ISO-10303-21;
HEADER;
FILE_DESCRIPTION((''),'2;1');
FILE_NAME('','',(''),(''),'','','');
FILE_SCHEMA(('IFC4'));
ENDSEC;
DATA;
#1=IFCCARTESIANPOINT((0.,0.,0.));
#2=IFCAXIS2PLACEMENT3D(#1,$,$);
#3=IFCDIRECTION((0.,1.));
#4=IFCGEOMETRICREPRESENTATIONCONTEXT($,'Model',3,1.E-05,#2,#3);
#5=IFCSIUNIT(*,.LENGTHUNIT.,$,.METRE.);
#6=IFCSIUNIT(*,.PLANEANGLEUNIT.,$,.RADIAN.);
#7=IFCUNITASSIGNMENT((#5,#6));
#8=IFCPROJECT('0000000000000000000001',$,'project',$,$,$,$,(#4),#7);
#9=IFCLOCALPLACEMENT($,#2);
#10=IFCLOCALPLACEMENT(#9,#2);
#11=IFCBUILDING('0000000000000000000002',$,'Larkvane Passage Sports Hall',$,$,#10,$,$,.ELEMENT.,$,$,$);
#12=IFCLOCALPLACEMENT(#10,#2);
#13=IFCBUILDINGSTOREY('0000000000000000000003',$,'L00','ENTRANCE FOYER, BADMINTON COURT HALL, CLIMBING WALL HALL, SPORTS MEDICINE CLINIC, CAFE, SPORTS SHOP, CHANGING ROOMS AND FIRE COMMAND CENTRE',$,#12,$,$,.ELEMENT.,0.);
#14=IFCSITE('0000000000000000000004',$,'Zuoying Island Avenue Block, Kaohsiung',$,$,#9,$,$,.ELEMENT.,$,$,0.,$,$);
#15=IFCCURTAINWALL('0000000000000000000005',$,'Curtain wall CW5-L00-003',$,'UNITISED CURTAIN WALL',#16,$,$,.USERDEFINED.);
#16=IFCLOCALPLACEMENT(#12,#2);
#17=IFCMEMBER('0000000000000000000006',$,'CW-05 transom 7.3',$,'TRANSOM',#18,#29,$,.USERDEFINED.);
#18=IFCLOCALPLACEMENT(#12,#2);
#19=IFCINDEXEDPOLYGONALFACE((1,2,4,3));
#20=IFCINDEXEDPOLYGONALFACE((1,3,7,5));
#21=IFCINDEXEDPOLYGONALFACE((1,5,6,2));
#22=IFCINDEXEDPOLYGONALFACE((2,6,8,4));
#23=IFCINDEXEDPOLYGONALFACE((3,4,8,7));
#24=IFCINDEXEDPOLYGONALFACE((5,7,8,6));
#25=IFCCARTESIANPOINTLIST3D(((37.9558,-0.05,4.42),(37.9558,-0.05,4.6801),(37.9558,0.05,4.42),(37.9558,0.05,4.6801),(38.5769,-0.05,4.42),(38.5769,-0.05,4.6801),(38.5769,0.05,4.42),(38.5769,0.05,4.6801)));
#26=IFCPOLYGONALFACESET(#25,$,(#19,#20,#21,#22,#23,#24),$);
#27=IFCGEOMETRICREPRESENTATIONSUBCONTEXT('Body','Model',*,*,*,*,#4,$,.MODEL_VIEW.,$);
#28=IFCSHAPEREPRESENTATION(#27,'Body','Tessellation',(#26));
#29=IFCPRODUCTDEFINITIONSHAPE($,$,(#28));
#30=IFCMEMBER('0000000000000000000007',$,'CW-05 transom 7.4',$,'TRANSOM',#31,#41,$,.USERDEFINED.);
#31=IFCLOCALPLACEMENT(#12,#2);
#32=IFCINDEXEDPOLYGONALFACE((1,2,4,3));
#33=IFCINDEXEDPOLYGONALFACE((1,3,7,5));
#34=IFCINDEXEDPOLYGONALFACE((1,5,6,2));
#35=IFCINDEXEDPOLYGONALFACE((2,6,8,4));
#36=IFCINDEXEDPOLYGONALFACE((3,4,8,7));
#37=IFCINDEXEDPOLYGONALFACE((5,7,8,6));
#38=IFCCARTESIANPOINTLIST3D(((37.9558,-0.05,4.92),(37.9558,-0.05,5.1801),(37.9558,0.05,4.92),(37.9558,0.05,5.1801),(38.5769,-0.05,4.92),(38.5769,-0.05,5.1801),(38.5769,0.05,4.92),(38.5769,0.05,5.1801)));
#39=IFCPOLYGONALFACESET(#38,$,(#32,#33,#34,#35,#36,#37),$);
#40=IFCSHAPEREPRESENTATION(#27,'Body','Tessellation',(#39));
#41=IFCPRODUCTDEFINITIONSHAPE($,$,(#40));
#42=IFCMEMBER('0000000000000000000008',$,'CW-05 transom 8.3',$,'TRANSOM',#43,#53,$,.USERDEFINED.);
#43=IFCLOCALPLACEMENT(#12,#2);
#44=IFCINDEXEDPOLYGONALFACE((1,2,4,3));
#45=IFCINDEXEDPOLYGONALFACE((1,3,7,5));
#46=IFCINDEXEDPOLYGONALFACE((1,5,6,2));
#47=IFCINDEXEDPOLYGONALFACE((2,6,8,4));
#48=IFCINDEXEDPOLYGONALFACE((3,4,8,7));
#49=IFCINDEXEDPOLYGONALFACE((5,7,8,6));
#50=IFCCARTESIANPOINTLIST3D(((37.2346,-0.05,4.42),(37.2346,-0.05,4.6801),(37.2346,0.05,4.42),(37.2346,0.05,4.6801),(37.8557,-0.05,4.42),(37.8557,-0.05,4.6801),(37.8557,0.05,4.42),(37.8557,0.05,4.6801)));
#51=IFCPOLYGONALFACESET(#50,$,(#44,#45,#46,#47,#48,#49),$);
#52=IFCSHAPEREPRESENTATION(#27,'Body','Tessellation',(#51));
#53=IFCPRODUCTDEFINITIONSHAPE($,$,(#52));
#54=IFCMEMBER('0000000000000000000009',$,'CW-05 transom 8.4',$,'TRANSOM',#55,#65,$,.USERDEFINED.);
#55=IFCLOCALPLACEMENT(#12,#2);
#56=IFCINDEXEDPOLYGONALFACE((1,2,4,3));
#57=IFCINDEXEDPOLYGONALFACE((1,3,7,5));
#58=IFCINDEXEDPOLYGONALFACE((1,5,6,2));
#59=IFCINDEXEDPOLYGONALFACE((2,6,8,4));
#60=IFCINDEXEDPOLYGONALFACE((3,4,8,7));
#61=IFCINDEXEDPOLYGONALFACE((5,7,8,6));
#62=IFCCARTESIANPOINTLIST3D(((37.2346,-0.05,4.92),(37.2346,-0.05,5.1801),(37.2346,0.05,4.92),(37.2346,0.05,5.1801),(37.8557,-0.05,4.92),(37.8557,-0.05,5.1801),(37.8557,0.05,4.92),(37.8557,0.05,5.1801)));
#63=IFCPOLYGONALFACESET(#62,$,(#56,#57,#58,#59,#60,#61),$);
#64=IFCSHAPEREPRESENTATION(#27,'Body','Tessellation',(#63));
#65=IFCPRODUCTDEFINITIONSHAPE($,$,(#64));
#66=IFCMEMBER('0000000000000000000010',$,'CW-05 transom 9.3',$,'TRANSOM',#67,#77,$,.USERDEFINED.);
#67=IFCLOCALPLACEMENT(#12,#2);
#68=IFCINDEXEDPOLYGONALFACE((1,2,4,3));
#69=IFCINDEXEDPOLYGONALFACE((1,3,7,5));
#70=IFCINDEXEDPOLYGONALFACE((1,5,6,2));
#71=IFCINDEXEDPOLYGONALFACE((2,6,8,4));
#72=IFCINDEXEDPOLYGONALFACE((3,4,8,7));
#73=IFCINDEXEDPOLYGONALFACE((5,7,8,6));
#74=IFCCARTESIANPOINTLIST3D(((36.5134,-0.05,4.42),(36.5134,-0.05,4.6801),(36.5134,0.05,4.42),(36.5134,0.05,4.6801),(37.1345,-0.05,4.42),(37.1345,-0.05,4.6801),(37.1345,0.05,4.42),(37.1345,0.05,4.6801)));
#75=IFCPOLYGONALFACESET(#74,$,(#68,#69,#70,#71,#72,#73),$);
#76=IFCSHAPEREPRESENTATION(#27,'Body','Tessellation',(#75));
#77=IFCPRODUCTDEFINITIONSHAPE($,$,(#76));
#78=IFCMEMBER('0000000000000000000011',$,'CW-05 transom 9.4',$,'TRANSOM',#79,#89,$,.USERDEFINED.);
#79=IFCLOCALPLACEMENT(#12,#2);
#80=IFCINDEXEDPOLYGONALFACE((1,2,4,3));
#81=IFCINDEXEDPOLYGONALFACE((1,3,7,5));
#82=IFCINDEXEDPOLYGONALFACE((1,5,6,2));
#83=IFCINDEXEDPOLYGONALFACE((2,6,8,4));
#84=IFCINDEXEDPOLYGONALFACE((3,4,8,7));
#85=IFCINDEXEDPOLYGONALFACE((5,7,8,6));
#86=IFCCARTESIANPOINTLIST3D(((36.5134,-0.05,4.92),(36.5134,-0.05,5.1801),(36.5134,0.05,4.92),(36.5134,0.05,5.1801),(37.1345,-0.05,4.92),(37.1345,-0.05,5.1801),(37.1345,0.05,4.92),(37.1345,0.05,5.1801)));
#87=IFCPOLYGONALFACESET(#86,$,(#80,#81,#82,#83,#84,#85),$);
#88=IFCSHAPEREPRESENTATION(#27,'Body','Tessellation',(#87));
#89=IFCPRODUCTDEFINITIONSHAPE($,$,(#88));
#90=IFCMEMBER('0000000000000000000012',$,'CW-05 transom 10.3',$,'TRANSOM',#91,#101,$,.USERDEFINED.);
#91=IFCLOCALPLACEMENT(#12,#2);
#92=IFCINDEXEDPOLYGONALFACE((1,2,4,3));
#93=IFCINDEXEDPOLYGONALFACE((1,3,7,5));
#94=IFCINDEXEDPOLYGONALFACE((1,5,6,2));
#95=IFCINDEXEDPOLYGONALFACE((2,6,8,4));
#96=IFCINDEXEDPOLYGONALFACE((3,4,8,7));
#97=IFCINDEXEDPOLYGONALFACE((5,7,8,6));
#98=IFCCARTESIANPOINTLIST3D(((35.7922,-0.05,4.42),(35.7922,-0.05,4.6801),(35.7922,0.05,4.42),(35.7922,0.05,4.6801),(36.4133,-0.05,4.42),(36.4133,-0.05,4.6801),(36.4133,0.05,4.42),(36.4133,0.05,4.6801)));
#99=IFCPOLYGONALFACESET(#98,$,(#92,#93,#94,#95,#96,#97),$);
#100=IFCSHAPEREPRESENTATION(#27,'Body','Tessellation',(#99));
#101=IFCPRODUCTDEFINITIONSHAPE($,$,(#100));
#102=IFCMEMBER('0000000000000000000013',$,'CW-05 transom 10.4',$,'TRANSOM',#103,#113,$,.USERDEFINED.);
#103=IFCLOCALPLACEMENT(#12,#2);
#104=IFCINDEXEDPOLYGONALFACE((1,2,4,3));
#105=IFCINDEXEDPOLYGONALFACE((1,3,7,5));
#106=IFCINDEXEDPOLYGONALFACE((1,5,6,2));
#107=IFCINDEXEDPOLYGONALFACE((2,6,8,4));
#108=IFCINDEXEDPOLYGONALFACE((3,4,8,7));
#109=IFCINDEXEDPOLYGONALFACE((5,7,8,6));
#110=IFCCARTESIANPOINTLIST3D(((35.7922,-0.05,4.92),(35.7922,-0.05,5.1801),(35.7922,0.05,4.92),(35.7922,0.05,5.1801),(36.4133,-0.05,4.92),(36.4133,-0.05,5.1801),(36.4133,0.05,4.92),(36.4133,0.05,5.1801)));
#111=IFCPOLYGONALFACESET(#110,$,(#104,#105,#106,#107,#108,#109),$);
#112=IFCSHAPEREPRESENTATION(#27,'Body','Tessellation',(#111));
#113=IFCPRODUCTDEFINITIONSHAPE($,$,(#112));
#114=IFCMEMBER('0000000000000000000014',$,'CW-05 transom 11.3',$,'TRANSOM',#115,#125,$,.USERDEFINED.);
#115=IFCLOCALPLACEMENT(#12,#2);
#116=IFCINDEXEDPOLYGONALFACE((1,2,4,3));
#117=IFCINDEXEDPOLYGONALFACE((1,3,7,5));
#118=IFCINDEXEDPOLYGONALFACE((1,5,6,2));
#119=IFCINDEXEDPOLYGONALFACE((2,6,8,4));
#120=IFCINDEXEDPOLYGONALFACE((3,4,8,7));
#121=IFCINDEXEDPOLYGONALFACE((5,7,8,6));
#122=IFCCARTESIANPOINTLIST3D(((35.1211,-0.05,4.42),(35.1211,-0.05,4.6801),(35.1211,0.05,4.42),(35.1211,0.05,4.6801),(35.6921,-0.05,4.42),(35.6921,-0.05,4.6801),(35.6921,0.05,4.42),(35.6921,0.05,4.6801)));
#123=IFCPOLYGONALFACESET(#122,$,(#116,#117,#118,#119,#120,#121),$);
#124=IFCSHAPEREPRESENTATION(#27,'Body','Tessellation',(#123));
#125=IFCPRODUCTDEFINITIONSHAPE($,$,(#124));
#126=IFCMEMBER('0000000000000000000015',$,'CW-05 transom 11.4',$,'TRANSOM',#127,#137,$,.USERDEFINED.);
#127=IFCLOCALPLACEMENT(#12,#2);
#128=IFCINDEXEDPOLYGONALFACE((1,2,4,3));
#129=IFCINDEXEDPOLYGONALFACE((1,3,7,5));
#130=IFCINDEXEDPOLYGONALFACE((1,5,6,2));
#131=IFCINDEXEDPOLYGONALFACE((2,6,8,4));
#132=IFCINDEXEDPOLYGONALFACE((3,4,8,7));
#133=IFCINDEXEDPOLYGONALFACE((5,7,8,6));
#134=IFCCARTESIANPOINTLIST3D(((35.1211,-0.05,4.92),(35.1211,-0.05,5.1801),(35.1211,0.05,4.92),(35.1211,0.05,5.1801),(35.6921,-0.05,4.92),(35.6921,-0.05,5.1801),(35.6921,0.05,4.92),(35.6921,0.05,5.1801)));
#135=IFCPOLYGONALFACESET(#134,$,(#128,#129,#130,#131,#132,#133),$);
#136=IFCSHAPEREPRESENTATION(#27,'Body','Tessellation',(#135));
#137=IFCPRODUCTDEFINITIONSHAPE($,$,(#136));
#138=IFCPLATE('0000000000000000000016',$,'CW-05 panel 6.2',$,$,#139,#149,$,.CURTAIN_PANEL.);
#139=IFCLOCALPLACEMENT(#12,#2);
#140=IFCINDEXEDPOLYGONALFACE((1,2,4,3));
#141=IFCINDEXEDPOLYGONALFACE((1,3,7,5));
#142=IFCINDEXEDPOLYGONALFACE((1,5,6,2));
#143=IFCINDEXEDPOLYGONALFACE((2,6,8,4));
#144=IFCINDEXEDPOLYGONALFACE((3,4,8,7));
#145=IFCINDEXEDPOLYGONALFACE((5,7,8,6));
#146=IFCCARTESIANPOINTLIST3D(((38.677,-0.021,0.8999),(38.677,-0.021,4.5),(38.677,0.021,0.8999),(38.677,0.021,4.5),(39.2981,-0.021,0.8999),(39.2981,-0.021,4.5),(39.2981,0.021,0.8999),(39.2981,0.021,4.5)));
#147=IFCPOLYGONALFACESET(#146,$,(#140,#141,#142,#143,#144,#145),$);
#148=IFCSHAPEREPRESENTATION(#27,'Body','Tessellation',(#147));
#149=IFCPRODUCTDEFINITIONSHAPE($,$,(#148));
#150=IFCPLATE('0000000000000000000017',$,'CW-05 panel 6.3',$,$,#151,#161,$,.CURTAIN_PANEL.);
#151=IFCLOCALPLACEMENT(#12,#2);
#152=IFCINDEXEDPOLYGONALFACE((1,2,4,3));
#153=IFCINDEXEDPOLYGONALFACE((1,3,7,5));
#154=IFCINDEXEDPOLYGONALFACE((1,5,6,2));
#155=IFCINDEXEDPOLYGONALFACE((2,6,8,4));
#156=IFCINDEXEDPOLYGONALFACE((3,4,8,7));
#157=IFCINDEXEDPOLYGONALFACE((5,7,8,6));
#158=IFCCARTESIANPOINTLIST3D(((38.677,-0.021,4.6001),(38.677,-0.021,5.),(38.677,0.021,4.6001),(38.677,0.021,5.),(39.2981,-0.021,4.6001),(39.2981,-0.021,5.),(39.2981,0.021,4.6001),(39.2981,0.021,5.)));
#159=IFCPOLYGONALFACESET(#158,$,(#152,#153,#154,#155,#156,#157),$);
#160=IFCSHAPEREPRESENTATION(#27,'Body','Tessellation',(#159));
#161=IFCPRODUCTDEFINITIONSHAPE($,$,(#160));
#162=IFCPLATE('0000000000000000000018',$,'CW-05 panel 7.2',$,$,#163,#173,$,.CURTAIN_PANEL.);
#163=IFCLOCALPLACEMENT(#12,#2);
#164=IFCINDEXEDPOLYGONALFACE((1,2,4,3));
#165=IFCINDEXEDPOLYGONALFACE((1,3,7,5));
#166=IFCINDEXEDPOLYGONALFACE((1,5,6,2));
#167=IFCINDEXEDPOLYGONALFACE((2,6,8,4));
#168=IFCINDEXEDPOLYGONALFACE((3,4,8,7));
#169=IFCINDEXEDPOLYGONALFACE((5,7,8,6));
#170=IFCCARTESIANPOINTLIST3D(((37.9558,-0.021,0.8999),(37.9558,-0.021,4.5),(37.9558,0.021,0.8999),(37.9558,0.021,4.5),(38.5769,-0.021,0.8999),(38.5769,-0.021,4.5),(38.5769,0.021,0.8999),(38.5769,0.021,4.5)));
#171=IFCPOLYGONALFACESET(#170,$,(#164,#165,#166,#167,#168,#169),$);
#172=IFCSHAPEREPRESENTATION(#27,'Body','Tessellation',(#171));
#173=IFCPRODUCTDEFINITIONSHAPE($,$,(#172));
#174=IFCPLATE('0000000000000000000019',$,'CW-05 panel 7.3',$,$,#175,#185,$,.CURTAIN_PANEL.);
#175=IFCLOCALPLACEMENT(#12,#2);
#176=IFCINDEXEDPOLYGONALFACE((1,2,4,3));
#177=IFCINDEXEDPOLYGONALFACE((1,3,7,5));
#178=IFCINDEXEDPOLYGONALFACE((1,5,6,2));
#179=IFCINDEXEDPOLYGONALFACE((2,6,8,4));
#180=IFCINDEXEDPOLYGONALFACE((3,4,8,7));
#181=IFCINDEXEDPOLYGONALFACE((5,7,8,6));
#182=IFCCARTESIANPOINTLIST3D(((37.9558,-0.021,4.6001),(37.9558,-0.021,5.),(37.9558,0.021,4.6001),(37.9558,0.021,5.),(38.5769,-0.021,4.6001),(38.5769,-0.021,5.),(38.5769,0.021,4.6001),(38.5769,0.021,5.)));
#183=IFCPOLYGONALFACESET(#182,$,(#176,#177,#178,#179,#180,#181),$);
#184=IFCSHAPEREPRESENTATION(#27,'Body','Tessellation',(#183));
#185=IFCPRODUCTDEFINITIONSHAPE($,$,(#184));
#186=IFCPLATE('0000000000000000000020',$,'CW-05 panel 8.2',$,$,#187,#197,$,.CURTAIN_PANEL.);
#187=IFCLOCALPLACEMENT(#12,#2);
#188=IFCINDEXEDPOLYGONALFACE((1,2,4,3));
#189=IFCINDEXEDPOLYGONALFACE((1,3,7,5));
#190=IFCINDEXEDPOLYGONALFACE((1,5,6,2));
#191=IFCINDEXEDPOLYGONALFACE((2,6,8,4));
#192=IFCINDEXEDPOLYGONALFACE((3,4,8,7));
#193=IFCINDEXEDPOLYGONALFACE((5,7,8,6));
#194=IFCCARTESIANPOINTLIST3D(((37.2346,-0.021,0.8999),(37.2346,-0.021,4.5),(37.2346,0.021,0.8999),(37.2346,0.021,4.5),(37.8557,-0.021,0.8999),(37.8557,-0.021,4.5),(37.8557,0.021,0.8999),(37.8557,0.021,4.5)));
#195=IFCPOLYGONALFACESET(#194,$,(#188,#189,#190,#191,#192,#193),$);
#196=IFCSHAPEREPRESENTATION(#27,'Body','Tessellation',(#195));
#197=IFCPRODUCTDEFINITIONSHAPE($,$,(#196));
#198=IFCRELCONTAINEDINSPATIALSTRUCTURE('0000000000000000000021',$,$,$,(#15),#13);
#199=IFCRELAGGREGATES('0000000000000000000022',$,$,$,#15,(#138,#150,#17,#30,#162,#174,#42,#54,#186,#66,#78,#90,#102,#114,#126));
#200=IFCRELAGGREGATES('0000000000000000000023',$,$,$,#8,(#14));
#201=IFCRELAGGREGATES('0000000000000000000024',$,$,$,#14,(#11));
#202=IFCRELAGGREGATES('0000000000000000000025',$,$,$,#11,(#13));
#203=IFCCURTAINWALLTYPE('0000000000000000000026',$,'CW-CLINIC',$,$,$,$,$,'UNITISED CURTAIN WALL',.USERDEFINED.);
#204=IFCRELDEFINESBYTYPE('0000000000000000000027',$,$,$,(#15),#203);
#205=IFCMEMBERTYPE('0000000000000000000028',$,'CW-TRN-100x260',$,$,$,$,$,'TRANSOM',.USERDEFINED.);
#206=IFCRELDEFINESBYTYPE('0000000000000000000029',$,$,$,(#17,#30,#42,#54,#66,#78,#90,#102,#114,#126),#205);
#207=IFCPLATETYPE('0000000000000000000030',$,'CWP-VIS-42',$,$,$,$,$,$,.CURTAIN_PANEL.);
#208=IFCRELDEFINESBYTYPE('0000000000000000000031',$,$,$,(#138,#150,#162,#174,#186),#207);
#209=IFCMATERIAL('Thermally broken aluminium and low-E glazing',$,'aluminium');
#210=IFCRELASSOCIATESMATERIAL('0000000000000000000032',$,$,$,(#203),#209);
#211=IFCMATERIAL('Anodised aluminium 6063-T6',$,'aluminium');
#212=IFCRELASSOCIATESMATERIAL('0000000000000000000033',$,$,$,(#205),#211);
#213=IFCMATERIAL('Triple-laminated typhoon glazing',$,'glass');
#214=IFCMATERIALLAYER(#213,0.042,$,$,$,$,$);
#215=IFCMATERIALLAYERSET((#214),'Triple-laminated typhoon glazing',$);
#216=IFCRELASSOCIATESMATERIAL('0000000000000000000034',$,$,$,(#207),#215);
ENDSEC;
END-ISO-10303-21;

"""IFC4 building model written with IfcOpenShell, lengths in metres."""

from ifc_helpers import new_model, si_unit, direction, frame, origin, origin_2d, place, context, subcontext, project, spatial, rectangle, extrude, material, layer, layer_set, material_profile, profile_set, type_object, element, aggregate, save


model = new_model("IFC4")

# Units and contexts
model_context = context("Model", 3, precision=1e-05, world=origin(), true_north=direction((0.0, 1.0)))
body_context = subcontext(model_context, "Body", "Model", "MODEL_VIEW")
ifc_project = project(units=[si_unit("LENGTHUNIT", "METRE"), si_unit("PLANEANGLEUNIT", "RADIAN")], contexts=[model_context])

# Site, building, storey
site_placement = place(None, origin())
site = spatial("IfcSite", under=ifc_project, at=site_placement, Name="Zuoying Island Avenue Block, Kaohsiung", CompositionType="ELEMENT", RefElevation=0.0)
building_placement = place(site_placement, origin())
building = spatial("IfcBuilding", under=site, at=building_placement, Name="Larkvane Passage Sports Hall", CompositionType="ELEMENT")
storey_placement = place(building_placement, origin())
storey = spatial("IfcBuildingStorey", under=building, at=storey_placement, Name="L00", Description="ENTRANCE FOYER, BADMINTON COURT HALL, CLIMBING WALL HALL, SPORTS MEDICINE CLINIC, CAFE, SPORTS SHOP, CHANGING ROOMS AND FIRE COMMAND CENTRE", CompositionType="ELEMENT", Elevation=0.0)

# Curtain wall, members, plates
ifc_material_1 = material(Name="Thermally broken aluminium and low-E glazing", Category="aluminium")
curtain_wall_type = type_object("IfcCurtainWallType", Name="CW-CLINIC", ElementType="UNITISED CURTAIN WALL", PredefinedType="USERDEFINED", material=ifc_material_1)
curtain_wall_placement = place(storey_placement, origin())
curtain_wall = element("IfcCurtainWall", 1, at=curtain_wall_placement, inside=storey, type_object=curtain_wall_type, Name="Curtain wall CW5-L00-003", ObjectType="UNITISED CURTAIN WALL", PredefinedType="USERDEFINED")
ifc_material_2 = material(Name="Anodised aluminium 6063-T6", Category="aluminium")
ifc_material_profile = material_profile(ifc_material_2, rectangle(XDim=0.1001, YDim=0.26, at=origin_2d()), Name="ALU-TRN-100x260")
ifc_profile_set = profile_set([ifc_material_profile], Name="Anodised aluminium 6063-T6")
member_type = type_object("IfcMemberType", Name="CW-TRN-100x260", ElementType="TRANSOM", PredefinedType="USERDEFINED", material=ifc_profile_set)
member_1_placement = place(storey_placement, frame((38.5769, 0.0, 4.55), z_axis=(-1.0, 0.0, 0.0), x_axis=(0.0, -1.0, 0.0)))
member_1 = element("IfcMember", 2, at=member_1_placement, type_object=member_type, Name="CW-05 transom 7.3", ObjectType="TRANSOM", PredefinedType="USERDEFINED", context=body_context, shape_type="SweptSolid", body=[
    extrude(rectangle(XDim=0.1001, YDim=0.26, at=origin_2d()), origin(), (0.0, 0.0, 1.0), 0.6211),
])
member_2_placement = place(storey_placement, frame((38.5769, 0.0, 5.05), z_axis=(-1.0, 0.0, 0.0), x_axis=(0.0, -1.0, 0.0)))
member_2 = element("IfcMember", 3, at=member_2_placement, type_object=member_type, Name="CW-05 transom 7.4", ObjectType="TRANSOM", PredefinedType="USERDEFINED", context=body_context, shape_type="SweptSolid", body=[
    extrude(rectangle(XDim=0.1001, YDim=0.26, at=origin_2d()), origin(), (0.0, 0.0, 1.0), 0.6211),
])
member_3_placement = place(storey_placement, frame((37.8557, 0.0, 4.55), z_axis=(-1.0, 0.0, 0.0), x_axis=(0.0, -1.0, 0.0)))
member_3 = element("IfcMember", 4, at=member_3_placement, type_object=member_type, Name="CW-05 transom 8.3", ObjectType="TRANSOM", PredefinedType="USERDEFINED", context=body_context, shape_type="SweptSolid", body=[
    extrude(rectangle(XDim=0.1001, YDim=0.26, at=origin_2d()), origin(), (0.0, 0.0, 1.0), 0.6211),
])
member_4_placement = place(storey_placement, frame((37.8557, 0.0, 5.05), z_axis=(-1.0, 0.0, 0.0), x_axis=(0.0, -1.0, 0.0)))
member_4 = element("IfcMember", 5, at=member_4_placement, type_object=member_type, Name="CW-05 transom 8.4", ObjectType="TRANSOM", PredefinedType="USERDEFINED", context=body_context, shape_type="SweptSolid", body=[
    extrude(rectangle(XDim=0.1001, YDim=0.26, at=origin_2d()), origin(), (0.0, 0.0, 1.0), 0.6211),
])
member_5_placement = place(storey_placement, frame((37.1345, 0.0, 4.55), z_axis=(-1.0, 0.0, 0.0), x_axis=(0.0, -1.0, 0.0)))
member_5 = element("IfcMember", 6, at=member_5_placement, type_object=member_type, Name="CW-05 transom 9.3", ObjectType="TRANSOM", PredefinedType="USERDEFINED", context=body_context, shape_type="SweptSolid", body=[
    extrude(rectangle(XDim=0.1001, YDim=0.26, at=origin_2d()), origin(), (0.0, 0.0, 1.0), 0.6211),
])
member_6_placement = place(storey_placement, frame((37.1345, 0.0, 5.05), z_axis=(-1.0, 0.0, 0.0), x_axis=(0.0, -1.0, 0.0)))
member_6 = element("IfcMember", 7, at=member_6_placement, type_object=member_type, Name="CW-05 transom 9.4", ObjectType="TRANSOM", PredefinedType="USERDEFINED", context=body_context, shape_type="SweptSolid", body=[
    extrude(rectangle(XDim=0.1001, YDim=0.26, at=origin_2d()), origin(), (0.0, 0.0, 1.0), 0.6211),
])
member_7_placement = place(storey_placement, frame((36.4133, 0.0, 4.55), z_axis=(-1.0, 0.0, 0.0), x_axis=(0.0, -1.0, 0.0)))
member_7 = element("IfcMember", 8, at=member_7_placement, type_object=member_type, Name="CW-05 transom 10.3", ObjectType="TRANSOM", PredefinedType="USERDEFINED", context=body_context, shape_type="SweptSolid", body=[
    extrude(rectangle(XDim=0.1001, YDim=0.26, at=origin_2d()), origin(), (0.0, 0.0, 1.0), 0.6211),
])
member_8_placement = place(storey_placement, frame((36.4133, 0.0, 5.05), z_axis=(-1.0, 0.0, 0.0), x_axis=(0.0, -1.0, 0.0)))
member_8 = element("IfcMember", 9, at=member_8_placement, type_object=member_type, Name="CW-05 transom 10.4", ObjectType="TRANSOM", PredefinedType="USERDEFINED", context=body_context, shape_type="SweptSolid", body=[
    extrude(rectangle(XDim=0.1001, YDim=0.26, at=origin_2d()), origin(), (0.0, 0.0, 1.0), 0.6211),
])
member_9_placement = place(storey_placement, frame((35.6921, 0.0, 4.55), z_axis=(-1.0, 0.0, 0.0), x_axis=(0.0, -1.0, 0.0)))
member_9 = element("IfcMember", 10, at=member_9_placement, type_object=member_type, Name="CW-05 transom 11.3", ObjectType="TRANSOM", PredefinedType="USERDEFINED", context=body_context, shape_type="SweptSolid", body=[
    extrude(rectangle(XDim=0.1001, YDim=0.26, at=origin_2d()), origin(), (0.0, 0.0, 1.0), 0.571),
])
member_10_placement = place(storey_placement, frame((35.6921, 0.0, 5.05), z_axis=(-1.0, 0.0, 0.0), x_axis=(0.0, -1.0, 0.0)))
member_10 = element("IfcMember", 11, at=member_10_placement, type_object=member_type, Name="CW-05 transom 11.4", ObjectType="TRANSOM", PredefinedType="USERDEFINED", context=body_context, shape_type="SweptSolid", body=[
    extrude(rectangle(XDim=0.1001, YDim=0.26, at=origin_2d()), origin(), (0.0, 0.0, 1.0), 0.571),
])
ifc_material_3 = material(Name="Triple-laminated typhoon glazing", Category="glass")
ifc_layer = layer(ifc_material_3, 0.042)
ifc_layer_set = layer_set([ifc_layer], Name="Triple-laminated typhoon glazing")
plate_type = type_object("IfcPlateType", Name="CWP-VIS-42", PredefinedType="CURTAIN_PANEL", material=ifc_layer_set)
plate_1_placement = place(storey_placement, frame((38.9875, 0.0, 0.8999), z_axis=(0.0, 0.0, 1.0), x_axis=(-1.0, 0.0, 0.0)))
plate_1 = element("IfcPlate", 12, at=plate_1_placement, type_object=plate_type, Name="CW-05 panel 6.2", PredefinedType="CURTAIN_PANEL", context=body_context, shape_type="SweptSolid", body=[
    extrude(rectangle(XDim=0.6211, YDim=0.042, at=origin_2d()), origin(), (0.0, 0.0, 1.0), 3.6001),
])
plate_2_placement = place(storey_placement, frame((38.9875, 0.0, 4.6001), z_axis=(0.0, 0.0, 1.0), x_axis=(-1.0, 0.0, 0.0)))
plate_2 = element("IfcPlate", 13, at=plate_2_placement, type_object=plate_type, Name="CW-05 panel 6.3", PredefinedType="CURTAIN_PANEL", context=body_context, shape_type="SweptSolid", body=[
    extrude(rectangle(XDim=0.6211, YDim=0.042, at=origin_2d()), origin(), (0.0, 0.0, 1.0), 0.3999),
])
plate_3_placement = place(storey_placement, frame((38.2664, 0.0, 0.8999), z_axis=(0.0, 0.0, 1.0), x_axis=(-1.0, 0.0, 0.0)))
plate_3 = element("IfcPlate", 14, at=plate_3_placement, type_object=plate_type, Name="CW-05 panel 7.2", PredefinedType="CURTAIN_PANEL", context=body_context, shape_type="SweptSolid", body=[
    extrude(rectangle(XDim=0.6211, YDim=0.042, at=origin_2d()), origin(), (0.0, 0.0, 1.0), 3.6001),
])
plate_4_placement = place(storey_placement, frame((38.2664, 0.0, 4.6001), z_axis=(0.0, 0.0, 1.0), x_axis=(-1.0, 0.0, 0.0)))
plate_4 = element("IfcPlate", 15, at=plate_4_placement, type_object=plate_type, Name="CW-05 panel 7.3", PredefinedType="CURTAIN_PANEL", context=body_context, shape_type="SweptSolid", body=[
    extrude(rectangle(XDim=0.6211, YDim=0.042, at=origin_2d()), origin(), (0.0, 0.0, 1.0), 0.3999),
])
plate_5_placement = place(storey_placement, frame((37.5452, 0.0, 0.8999), z_axis=(0.0, 0.0, 1.0), x_axis=(-1.0, 0.0, 0.0)))
plate_5 = element("IfcPlate", 16, at=plate_5_placement, type_object=plate_type, Name="CW-05 panel 8.2", PredefinedType="CURTAIN_PANEL", context=body_context, shape_type="SweptSolid", body=[
    extrude(rectangle(XDim=0.6211, YDim=0.042, at=origin_2d()), origin(), (0.0, 0.0, 1.0), 3.6001),
])
aggregate(curtain_wall, [plate_1, plate_2, member_1, member_2, plate_3, plate_4, member_3, member_4, plate_5, member_5, member_6, member_7, member_8, member_9, member_10])

save(model, "model.ifc")
